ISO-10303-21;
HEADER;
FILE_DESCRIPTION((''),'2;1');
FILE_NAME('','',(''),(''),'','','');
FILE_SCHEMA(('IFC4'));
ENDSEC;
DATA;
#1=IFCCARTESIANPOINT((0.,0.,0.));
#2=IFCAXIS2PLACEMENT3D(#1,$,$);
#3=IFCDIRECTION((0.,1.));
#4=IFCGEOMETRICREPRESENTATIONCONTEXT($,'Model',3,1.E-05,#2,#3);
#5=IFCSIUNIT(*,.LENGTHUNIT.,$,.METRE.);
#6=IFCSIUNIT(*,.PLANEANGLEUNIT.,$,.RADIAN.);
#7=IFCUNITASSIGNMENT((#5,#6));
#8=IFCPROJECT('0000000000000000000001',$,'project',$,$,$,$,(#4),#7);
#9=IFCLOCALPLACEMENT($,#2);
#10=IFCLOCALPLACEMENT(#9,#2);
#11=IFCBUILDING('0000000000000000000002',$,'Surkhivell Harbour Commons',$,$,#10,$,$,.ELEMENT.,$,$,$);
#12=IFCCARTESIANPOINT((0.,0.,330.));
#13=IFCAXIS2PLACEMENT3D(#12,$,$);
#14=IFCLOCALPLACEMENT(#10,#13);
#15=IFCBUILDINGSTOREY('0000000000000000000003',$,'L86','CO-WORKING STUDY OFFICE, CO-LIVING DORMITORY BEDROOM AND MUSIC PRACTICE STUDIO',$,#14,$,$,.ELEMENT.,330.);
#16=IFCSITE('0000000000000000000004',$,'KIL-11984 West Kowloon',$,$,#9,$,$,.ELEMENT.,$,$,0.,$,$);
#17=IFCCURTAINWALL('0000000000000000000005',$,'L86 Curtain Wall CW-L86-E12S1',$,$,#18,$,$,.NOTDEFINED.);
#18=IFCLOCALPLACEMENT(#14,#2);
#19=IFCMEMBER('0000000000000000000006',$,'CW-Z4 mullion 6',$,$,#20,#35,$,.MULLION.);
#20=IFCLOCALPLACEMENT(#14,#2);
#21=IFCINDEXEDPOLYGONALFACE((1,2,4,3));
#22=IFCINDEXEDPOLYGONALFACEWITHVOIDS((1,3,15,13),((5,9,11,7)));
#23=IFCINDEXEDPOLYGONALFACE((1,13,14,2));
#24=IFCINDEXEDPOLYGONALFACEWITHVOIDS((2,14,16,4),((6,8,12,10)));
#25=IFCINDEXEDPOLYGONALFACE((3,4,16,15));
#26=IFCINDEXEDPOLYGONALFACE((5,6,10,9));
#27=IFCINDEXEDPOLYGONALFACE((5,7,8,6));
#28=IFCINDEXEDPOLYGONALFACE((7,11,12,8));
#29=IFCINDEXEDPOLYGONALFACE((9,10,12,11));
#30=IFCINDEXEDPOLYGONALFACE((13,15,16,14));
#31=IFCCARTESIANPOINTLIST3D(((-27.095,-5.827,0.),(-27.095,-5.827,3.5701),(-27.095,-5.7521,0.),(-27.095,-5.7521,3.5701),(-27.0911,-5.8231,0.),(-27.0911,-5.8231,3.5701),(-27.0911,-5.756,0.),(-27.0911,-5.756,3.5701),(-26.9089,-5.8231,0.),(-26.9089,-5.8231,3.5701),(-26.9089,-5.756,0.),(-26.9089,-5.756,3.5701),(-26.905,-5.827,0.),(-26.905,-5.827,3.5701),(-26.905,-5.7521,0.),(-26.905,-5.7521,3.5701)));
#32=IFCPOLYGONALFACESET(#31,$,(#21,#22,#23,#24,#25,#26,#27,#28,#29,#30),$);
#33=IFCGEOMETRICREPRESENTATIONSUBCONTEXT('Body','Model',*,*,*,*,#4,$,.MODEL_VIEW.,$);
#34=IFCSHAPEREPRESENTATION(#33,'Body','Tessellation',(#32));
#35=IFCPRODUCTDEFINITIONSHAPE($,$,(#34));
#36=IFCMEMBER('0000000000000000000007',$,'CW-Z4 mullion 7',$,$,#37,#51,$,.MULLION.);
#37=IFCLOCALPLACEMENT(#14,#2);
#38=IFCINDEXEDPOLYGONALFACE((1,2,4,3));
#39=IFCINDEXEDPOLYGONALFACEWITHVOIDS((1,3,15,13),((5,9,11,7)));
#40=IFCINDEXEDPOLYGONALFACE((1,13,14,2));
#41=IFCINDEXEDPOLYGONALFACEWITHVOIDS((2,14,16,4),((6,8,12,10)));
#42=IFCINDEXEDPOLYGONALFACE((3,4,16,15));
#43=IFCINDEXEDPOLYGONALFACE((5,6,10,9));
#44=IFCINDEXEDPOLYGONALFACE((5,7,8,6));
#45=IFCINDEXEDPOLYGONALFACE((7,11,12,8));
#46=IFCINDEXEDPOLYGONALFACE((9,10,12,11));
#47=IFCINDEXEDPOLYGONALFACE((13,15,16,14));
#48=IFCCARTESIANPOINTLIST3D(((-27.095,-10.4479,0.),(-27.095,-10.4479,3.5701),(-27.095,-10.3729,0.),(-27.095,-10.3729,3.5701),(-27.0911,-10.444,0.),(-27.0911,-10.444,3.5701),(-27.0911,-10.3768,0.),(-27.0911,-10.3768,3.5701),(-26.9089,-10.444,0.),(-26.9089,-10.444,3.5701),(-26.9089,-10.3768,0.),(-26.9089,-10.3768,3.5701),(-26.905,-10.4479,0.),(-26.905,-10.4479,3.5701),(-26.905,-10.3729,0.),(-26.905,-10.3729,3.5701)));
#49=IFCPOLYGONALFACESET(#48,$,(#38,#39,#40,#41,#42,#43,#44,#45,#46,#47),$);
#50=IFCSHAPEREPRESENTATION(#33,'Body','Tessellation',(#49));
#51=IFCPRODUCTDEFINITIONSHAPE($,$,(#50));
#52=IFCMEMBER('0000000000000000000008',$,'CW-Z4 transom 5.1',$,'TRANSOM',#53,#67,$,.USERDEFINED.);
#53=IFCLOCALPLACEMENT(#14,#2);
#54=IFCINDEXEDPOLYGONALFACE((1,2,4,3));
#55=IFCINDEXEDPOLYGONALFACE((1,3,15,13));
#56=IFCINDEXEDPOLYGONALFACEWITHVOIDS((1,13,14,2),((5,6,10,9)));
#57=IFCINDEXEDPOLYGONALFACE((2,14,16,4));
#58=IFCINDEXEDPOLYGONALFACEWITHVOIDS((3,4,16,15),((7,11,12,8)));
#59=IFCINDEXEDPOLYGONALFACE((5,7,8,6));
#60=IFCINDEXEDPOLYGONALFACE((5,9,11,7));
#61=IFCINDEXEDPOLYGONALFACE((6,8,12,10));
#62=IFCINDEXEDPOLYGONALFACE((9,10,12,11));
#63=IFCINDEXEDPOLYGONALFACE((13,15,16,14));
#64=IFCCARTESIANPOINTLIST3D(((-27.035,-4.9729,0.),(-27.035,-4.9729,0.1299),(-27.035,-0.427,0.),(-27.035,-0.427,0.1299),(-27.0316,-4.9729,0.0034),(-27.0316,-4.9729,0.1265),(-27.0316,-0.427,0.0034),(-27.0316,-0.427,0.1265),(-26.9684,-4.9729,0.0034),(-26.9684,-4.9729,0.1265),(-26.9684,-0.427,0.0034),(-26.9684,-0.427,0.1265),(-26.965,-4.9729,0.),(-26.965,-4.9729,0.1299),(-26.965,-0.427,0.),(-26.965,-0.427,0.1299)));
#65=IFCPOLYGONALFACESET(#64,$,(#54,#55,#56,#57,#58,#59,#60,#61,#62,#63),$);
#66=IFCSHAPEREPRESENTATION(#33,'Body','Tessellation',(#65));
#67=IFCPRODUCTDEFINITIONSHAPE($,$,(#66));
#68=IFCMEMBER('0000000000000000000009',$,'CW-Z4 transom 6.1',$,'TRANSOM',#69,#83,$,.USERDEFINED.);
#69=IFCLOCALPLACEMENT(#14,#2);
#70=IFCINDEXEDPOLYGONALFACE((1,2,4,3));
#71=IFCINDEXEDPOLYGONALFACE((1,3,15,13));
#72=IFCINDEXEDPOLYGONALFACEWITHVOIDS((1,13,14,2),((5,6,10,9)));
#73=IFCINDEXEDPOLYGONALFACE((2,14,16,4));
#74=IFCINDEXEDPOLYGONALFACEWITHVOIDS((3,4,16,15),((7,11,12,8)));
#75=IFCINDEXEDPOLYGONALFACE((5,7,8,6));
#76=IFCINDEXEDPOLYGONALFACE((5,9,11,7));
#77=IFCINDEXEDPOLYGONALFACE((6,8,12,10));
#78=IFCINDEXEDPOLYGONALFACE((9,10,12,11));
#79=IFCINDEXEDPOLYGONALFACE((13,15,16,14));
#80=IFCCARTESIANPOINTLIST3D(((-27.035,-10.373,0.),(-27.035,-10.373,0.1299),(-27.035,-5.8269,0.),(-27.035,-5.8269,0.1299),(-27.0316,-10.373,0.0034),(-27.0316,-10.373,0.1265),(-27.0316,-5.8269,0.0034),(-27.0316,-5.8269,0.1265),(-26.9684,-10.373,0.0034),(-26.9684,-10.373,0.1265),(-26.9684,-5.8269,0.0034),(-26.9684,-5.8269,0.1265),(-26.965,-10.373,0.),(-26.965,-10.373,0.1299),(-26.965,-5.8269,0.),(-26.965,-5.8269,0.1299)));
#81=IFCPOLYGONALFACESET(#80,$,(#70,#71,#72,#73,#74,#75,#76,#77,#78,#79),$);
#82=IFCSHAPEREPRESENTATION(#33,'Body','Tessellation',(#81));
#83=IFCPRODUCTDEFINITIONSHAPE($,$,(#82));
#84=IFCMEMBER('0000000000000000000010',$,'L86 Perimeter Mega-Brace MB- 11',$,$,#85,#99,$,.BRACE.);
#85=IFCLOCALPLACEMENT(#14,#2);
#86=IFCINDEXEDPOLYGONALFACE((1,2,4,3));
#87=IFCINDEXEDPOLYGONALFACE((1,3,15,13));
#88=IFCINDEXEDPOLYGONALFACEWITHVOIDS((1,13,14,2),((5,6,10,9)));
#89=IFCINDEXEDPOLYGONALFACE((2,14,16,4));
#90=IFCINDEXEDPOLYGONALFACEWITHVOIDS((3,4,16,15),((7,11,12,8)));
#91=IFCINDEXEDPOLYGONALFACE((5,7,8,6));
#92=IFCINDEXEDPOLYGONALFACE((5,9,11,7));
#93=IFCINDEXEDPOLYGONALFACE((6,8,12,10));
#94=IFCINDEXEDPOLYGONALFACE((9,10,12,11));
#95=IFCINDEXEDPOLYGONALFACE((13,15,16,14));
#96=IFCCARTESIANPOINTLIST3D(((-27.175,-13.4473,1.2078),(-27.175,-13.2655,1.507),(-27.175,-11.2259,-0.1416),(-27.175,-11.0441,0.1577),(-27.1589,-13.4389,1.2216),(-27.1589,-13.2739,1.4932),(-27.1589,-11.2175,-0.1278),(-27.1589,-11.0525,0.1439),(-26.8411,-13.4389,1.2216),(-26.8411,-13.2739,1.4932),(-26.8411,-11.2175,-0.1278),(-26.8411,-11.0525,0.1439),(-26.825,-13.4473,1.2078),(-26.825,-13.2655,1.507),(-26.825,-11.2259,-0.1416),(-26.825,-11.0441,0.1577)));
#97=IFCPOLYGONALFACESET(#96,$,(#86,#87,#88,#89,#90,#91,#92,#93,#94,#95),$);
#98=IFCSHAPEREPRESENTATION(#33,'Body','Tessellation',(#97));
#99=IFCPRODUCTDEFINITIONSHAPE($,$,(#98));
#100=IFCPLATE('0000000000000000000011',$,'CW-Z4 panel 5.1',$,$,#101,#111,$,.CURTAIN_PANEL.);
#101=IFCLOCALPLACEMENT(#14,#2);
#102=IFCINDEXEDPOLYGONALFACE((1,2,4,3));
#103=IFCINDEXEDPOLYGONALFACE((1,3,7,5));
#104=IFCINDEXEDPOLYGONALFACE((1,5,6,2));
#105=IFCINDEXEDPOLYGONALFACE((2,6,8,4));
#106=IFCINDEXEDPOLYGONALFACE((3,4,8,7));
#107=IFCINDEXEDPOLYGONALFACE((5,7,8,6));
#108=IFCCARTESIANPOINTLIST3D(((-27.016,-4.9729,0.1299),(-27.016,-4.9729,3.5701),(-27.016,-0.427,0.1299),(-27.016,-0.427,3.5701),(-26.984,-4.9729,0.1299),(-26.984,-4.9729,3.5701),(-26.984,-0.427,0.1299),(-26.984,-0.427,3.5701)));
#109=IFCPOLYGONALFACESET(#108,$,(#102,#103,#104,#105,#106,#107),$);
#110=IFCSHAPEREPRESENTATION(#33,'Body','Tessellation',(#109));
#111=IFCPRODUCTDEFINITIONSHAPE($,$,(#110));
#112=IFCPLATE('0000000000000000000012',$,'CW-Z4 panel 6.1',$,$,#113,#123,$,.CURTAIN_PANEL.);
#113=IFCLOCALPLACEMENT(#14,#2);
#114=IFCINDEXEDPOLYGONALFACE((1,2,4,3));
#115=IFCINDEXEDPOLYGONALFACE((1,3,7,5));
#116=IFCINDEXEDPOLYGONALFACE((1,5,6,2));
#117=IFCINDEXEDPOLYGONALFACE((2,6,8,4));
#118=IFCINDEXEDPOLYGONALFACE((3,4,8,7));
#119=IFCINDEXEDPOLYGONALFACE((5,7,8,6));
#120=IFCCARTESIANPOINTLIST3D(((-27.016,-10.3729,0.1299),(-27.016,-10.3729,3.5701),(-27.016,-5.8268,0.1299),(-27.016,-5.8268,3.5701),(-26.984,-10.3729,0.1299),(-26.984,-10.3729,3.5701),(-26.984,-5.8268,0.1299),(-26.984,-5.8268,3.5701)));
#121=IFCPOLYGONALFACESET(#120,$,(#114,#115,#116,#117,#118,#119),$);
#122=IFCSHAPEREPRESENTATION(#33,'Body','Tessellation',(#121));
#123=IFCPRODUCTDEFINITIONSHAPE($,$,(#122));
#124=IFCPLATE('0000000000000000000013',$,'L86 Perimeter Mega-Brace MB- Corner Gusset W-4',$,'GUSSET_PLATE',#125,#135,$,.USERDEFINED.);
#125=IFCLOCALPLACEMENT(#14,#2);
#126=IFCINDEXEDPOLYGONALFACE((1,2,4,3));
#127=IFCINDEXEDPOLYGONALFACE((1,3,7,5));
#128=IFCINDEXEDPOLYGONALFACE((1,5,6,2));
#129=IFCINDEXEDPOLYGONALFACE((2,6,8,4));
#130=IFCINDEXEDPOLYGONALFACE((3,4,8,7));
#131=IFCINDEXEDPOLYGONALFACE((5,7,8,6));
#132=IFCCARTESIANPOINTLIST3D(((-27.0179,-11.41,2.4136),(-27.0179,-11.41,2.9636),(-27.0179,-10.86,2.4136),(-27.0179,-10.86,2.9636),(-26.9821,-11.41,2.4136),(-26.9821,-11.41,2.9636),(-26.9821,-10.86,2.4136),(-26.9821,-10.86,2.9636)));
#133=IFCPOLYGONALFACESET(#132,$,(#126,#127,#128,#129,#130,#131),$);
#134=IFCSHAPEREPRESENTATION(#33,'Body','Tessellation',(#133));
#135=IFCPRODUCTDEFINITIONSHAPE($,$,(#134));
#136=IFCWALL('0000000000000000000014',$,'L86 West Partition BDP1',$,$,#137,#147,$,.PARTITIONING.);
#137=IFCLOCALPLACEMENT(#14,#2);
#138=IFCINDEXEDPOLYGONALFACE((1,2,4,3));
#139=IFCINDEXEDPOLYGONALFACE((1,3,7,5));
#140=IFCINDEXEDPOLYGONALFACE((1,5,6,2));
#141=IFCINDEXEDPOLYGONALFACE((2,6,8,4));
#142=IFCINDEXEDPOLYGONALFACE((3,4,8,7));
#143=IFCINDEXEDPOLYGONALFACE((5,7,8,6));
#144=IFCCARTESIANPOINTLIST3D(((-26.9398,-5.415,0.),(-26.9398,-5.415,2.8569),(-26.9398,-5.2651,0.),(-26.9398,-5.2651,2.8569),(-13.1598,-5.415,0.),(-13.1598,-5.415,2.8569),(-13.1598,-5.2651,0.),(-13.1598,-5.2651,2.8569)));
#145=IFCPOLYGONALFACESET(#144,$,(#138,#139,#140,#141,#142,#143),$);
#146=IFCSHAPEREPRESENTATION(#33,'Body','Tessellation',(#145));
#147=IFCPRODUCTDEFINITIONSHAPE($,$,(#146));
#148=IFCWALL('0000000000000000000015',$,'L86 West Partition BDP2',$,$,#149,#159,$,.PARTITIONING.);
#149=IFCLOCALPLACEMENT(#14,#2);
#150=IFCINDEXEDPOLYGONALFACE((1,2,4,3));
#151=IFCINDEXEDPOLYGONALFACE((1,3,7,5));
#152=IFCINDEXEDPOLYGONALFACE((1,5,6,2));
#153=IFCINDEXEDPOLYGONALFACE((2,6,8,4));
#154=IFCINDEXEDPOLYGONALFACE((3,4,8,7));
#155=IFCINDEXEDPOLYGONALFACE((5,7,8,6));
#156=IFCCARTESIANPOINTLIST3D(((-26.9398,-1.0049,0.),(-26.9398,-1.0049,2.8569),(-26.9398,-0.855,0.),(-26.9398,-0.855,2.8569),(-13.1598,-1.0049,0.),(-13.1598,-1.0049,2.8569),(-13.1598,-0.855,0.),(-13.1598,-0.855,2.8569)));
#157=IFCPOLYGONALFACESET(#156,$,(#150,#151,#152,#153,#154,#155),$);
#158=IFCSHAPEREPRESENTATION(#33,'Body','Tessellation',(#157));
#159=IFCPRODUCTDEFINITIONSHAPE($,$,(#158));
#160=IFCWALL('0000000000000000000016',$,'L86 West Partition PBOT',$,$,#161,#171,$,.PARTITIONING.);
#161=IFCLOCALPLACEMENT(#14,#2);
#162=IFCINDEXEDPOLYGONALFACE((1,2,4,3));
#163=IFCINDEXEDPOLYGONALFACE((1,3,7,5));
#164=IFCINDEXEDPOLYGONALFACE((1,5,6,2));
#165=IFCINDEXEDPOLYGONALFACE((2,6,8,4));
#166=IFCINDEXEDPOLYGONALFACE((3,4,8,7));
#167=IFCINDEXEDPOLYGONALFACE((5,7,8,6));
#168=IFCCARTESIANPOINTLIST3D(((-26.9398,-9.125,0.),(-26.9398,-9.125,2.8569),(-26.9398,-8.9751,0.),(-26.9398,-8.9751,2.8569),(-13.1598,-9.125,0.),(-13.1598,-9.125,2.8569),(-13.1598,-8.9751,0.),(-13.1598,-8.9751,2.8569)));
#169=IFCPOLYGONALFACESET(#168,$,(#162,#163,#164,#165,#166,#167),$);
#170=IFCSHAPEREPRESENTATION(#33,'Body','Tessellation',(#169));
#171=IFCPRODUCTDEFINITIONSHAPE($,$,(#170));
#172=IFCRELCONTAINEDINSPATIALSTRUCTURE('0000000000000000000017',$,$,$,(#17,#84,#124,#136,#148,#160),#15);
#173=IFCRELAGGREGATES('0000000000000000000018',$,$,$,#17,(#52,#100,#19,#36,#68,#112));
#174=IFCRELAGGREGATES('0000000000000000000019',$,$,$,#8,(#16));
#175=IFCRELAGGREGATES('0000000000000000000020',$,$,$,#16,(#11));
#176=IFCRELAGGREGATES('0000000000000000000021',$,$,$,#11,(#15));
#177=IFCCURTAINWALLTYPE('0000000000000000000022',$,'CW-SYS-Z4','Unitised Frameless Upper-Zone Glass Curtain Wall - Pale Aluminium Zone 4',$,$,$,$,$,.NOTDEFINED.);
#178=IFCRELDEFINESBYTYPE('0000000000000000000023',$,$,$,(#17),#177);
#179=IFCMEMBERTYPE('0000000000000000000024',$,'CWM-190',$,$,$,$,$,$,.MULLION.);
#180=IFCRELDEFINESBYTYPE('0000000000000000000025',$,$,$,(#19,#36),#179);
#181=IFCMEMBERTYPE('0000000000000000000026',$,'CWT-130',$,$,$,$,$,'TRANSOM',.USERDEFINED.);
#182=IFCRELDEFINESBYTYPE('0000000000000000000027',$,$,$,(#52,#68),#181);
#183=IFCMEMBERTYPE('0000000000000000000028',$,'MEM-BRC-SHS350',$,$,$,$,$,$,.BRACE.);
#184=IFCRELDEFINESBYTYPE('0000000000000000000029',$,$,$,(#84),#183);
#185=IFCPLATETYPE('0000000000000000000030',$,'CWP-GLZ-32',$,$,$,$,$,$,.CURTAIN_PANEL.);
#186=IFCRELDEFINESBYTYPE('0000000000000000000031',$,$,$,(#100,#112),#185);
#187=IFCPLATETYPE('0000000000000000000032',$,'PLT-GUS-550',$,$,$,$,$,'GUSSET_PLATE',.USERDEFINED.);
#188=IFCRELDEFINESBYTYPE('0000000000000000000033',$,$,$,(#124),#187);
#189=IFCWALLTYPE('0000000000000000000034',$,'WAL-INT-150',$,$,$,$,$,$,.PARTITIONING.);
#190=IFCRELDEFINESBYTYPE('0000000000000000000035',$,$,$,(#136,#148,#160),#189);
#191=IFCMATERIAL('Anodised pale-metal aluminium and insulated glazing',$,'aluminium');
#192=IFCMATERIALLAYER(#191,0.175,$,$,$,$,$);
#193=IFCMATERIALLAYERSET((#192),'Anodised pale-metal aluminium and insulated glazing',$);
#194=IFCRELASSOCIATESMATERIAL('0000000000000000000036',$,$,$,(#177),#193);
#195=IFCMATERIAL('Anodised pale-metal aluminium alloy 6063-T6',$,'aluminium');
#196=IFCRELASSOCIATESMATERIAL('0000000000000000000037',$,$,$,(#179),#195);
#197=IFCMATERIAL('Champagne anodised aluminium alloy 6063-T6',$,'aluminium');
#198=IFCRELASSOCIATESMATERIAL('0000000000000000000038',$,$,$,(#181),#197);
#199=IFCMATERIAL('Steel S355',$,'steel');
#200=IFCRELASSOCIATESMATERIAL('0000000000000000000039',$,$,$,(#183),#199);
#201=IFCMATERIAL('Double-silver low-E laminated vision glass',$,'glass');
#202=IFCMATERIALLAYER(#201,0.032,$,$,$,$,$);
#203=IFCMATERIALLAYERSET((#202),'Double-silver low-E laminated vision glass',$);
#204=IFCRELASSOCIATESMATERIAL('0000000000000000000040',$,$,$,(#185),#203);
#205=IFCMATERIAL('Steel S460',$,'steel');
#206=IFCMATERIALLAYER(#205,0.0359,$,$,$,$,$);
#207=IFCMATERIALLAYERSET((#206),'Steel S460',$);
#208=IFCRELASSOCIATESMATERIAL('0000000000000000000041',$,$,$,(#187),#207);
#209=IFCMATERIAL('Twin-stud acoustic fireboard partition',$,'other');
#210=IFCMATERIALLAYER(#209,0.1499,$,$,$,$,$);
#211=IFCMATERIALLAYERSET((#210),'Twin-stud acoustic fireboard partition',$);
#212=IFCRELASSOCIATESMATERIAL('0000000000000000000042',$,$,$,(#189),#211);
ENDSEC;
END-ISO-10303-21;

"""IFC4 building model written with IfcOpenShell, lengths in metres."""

from ifc_helpers import new_model, si_unit, direction, frame, frame_2d, origin, origin_2d, place, context, subcontext, project, spatial, rectangle, hollow_rectangle, extrude, material, layer, layer_set, material_profile, profile_set, type_object, element, aggregate, save


model = new_model("IFC4")

# Units and contexts
model_context = context("Model", 3, precision=1e-05, world=origin(), true_north=direction((0.0, 1.0)))
body_context = subcontext(model_context, "Body", "Model", "MODEL_VIEW")
ifc_project = project(units=[si_unit("LENGTHUNIT", "METRE"), si_unit("PLANEANGLEUNIT", "RADIAN")], contexts=[model_context])

# Site, building, storey
site_placement = place(None, origin())
site = spatial("IfcSite", under=ifc_project, at=site_placement, Name="KIL-11984 West Kowloon", CompositionType="ELEMENT", RefElevation=0.0)
building_placement = place(site_placement, origin())
building = spatial("IfcBuilding", under=site, at=building_placement, Name="Surkhivell Harbour Commons", CompositionType="ELEMENT")
storey_placement = place(building_placement, frame((0.0, 0.0, 330.0)))
storey = spatial("IfcBuildingStorey", under=building, at=storey_placement, Name="L86", Description="CO-WORKING STUDY OFFICE, CO-LIVING DORMITORY BEDROOM AND MUSIC PRACTICE STUDIO", CompositionType="ELEMENT", Elevation=330.0)

# Shared definitions
ifc_material_1 = material(Name="Steel S355", Category="steel")

# Curtain wall, members
ifc_material_2 = material(Name="Anodised pale-metal aluminium and insulated glazing", Category="aluminium")
ifc_layer_1 = layer(ifc_material_2, 0.175)
ifc_layer_set_1 = layer_set([ifc_layer_1], Name="Anodised pale-metal aluminium and insulated glazing")
curtain_wall_type = type_object("IfcCurtainWallType", Name="CW-SYS-Z4", Description="Unitised Frameless Upper-Zone Glass Curtain Wall - Pale Aluminium Zone 4", PredefinedType="NOTDEFINED", material=ifc_layer_set_1)
curtain_wall_placement = place(storey_placement, origin())
curtain_wall = element("IfcCurtainWall", 1, at=curtain_wall_placement, inside=storey, type_object=curtain_wall_type, Name="L86 Curtain Wall CW-L86-E12S1", PredefinedType="NOTDEFINED")
ifc_material_3 = material(Name="Anodised pale-metal aluminium alloy 6063-T6", Category="aluminium")
ifc_material_profile_1 = material_profile(ifc_material_3, hollow_rectangle(XDim=0.075, YDim=0.1899, WallThickness=0.0039, at=origin_2d()), Name="ALU-MULL-75x190")
ifc_profile_set_1 = profile_set([ifc_material_profile_1], Name="Anodised pale-metal aluminium alloy 6063-T6")
member_type_1 = type_object("IfcMemberType", Name="CWM-190", PredefinedType="MULLION", material=ifc_profile_set_1)
member_1_placement = place(storey_placement, frame((-27.0, -5.7896, 0.0), z_axis=(0.0, 0.0, 1.0), x_axis=(0.0, -1.0, 0.0)))
member_1 = element("IfcMember", 2, at=member_1_placement, type_object=member_type_1, Name="CW-Z4 mullion 6", PredefinedType="MULLION", context=body_context, shape_type="SweptSolid", body=[
    extrude(hollow_rectangle(XDim=0.075, YDim=0.1899, WallThickness=0.0039, at=origin_2d()), origin(), (0.0, 0.0, 1.0), 3.5701),
])
member_2_placement = place(storey_placement, frame((-27.0, -10.4104, 0.0), z_axis=(0.0, 0.0, 1.0), x_axis=(0.0, -1.0, 0.0)))
member_2 = element("IfcMember", 3, at=member_2_placement, type_object=member_type_1, Name="CW-Z4 mullion 7", PredefinedType="MULLION", context=body_context, shape_type="SweptSolid", body=[
    extrude(hollow_rectangle(XDim=0.075, YDim=0.1899, WallThickness=0.0039, at=origin_2d()), origin(), (0.0, 0.0, 1.0), 3.5701),
])
ifc_material_4 = material(Name="Champagne anodised aluminium alloy 6063-T6", Category="aluminium")
ifc_material_profile_2 = material_profile(ifc_material_4, hollow_rectangle(XDim=0.0701, YDim=0.1299, WallThickness=0.0034, at=origin_2d()), Name="ALU-TRAN-70x130")
ifc_profile_set_2 = profile_set([ifc_material_profile_2], Name="Champagne anodised aluminium alloy 6063-T6")
member_type_2 = type_object("IfcMemberType", Name="CWT-130", ElementType="TRANSOM", PredefinedType="USERDEFINED", material=ifc_profile_set_2)
member_3_placement = place(storey_placement, frame((-27.0, -0.427, 0.0649), z_axis=(0.0, -1.0, 0.0), x_axis=(1.0, 0.0, 0.0)))
member_3 = element("IfcMember", 4, at=member_3_placement, type_object=member_type_2, Name="CW-Z4 transom 5.1", ObjectType="TRANSOM", PredefinedType="USERDEFINED", context=body_context, shape_type="SweptSolid", body=[
    extrude(hollow_rectangle(XDim=0.0701, YDim=0.1299, WallThickness=0.0034, at=origin_2d()), origin(), (0.0, 0.0, 1.0), 4.5459),
])
member_4_placement = place(storey_placement, frame((-27.0, -5.8269, 0.0649), z_axis=(0.0, -1.0, 0.0), x_axis=(1.0, 0.0, 0.0)))
member_4 = element("IfcMember", 5, at=member_4_placement, type_object=member_type_2, Name="CW-Z4 transom 6.1", ObjectType="TRANSOM", PredefinedType="USERDEFINED", context=body_context, shape_type="SweptSolid", body=[
    extrude(hollow_rectangle(XDim=0.0701, YDim=0.1299, WallThickness=0.0034, at=origin_2d()), origin(), (0.0, 0.0, 1.0), 4.5461),
])

# Member
ifc_material_profile_3 = material_profile(ifc_material_1, hollow_rectangle(XDim=0.3501, YDim=0.3501, WallThickness=0.0161, at=origin_2d()), Name="SHS350x350x16")
ifc_profile_set_3 = profile_set([ifc_material_profile_3], Name="Steel S355")
member_type_3 = type_object("IfcMemberType", Name="MEM-BRC-SHS350", PredefinedType="BRACE", material=ifc_profile_set_3)
member_5_placement = place(storey_placement, frame((-27.0, -11.135, 0.0081), z_axis=(0.0, -0.854679, 0.519157), x_axis=(1.0, 0.0, 0.0)))
element("IfcMember", 6, at=member_5_placement, inside=storey, type_object=member_type_3, Name="L86 Perimeter Mega-Brace MB- 11", PredefinedType="BRACE", context=body_context, shape_type="SweptSolid", body=[
    extrude(hollow_rectangle(XDim=0.3501, YDim=0.3501, WallThickness=0.0161, at=origin_2d()), origin(), (0.0, 0.0, 1.0), 2.5991),
])

# Plates
ifc_material_5 = material(Name="Double-silver low-E laminated vision glass", Category="glass")
ifc_layer_2 = layer(ifc_material_5, 0.032)
ifc_layer_set_2 = layer_set([ifc_layer_2], Name="Double-silver low-E laminated vision glass")
plate_type_1 = type_object("IfcPlateType", Name="CWP-GLZ-32", PredefinedType="CURTAIN_PANEL", material=ifc_layer_set_2)
plate_1_placement = place(storey_placement, frame((-27.0, -0.427, 0.1299), z_axis=(0.0, 0.0, 1.0), x_axis=(0.0, -1.0, 0.0)))
plate_1 = element("IfcPlate", 7, at=plate_1_placement, type_object=plate_type_1, Name="CW-Z4 panel 5.1", PredefinedType="CURTAIN_PANEL", context=body_context, shape_type="SweptSolid", body=[
    extrude(rectangle(XDim=4.5459, YDim=0.032, at=frame_2d((2.2729, 0.0))), origin(), (0.0, 0.0, 1.0), 3.4402),
])
plate_2_placement = place(storey_placement, frame((-27.0, -5.8269, 0.1299), z_axis=(0.0, 0.0, 1.0), x_axis=(0.0, -1.0, 0.0)))
plate_2 = element("IfcPlate", 8, at=plate_2_placement, type_object=plate_type_1, Name="CW-Z4 panel 6.1", PredefinedType="CURTAIN_PANEL", context=body_context, shape_type="SweptSolid", body=[
    extrude(rectangle(XDim=4.5461, YDim=0.032, at=frame_2d((2.2729, 0.0))), origin(), (0.0, 0.0, 1.0), 3.4402),
])
aggregate(curtain_wall, [member_3, plate_1, member_1, member_2, member_4, plate_2])
ifc_material_6 = material(Name="Steel S460", Category="steel")
ifc_layer_3 = layer(ifc_material_6, 0.0359)
ifc_layer_set_3 = layer_set([ifc_layer_3], Name="Steel S460")
plate_type_2 = type_object("IfcPlateType", Name="PLT-GUS-550", ElementType="GUSSET_PLATE", PredefinedType="USERDEFINED", material=ifc_layer_set_3)
plate_3_placement = place(storey_placement, frame((-27.0, -11.135, 2.4136), z_axis=(0.0, 0.0, 1.0), x_axis=(0.0, 1.0, 0.0)))
element("IfcPlate", 9, at=plate_3_placement, inside=storey, type_object=plate_type_2, Name="L86 Perimeter Mega-Brace MB- Corner Gusset W-4", ObjectType="GUSSET_PLATE", PredefinedType="USERDEFINED", context=body_context, shape_type="SweptSolid", body=[
    extrude(rectangle(XDim=0.55, YDim=0.0359, at=origin_2d()), origin(), (0.0, 0.0, 1.0), 0.55),
])

# Walls
ifc_material_7 = material(Name="Twin-stud acoustic fireboard partition", Category="other")
ifc_layer_4 = layer(ifc_material_7, 0.1499)
ifc_layer_set_4 = layer_set([ifc_layer_4], Name="Twin-stud acoustic fireboard partition")
wall_type = type_object("IfcWallType", Name="WAL-INT-150", PredefinedType="PARTITIONING", material=ifc_layer_set_4)
for number, where, z_axis, x_axis, name in (
    (10, (-26.9399, -5.3401, 0.0), (0.0, 0.0, 1.0), (1.0, 0.0, 0.0), "L86 West Partition BDP1"),
    (11, (-26.9399, -0.9299, 0.0), (0.0, 0.0, 1.0), (1.0, 0.0, 0.0), "L86 West Partition BDP2"),
    (12, (-26.9399, -9.05, 0.0), (0.0, 0.0, 1.0), (1.0, 0.0, 0.0), "L86 West Partition PBOT"),
):
    element("IfcWall", number, at=place(storey_placement, frame(where, z_axis=z_axis, x_axis=x_axis)), inside=storey, type_object=wall_type, Name=name, PredefinedType="PARTITIONING", context=body_context, shape_type="SweptSolid", body=[
        extrude(rectangle(XDim=13.78, YDim=0.1499, at=frame_2d((6.8901, 0.0))), origin(), (0.0, 0.0, 1.0), 2.8569),
    ])

save(model, "model.ifc")
